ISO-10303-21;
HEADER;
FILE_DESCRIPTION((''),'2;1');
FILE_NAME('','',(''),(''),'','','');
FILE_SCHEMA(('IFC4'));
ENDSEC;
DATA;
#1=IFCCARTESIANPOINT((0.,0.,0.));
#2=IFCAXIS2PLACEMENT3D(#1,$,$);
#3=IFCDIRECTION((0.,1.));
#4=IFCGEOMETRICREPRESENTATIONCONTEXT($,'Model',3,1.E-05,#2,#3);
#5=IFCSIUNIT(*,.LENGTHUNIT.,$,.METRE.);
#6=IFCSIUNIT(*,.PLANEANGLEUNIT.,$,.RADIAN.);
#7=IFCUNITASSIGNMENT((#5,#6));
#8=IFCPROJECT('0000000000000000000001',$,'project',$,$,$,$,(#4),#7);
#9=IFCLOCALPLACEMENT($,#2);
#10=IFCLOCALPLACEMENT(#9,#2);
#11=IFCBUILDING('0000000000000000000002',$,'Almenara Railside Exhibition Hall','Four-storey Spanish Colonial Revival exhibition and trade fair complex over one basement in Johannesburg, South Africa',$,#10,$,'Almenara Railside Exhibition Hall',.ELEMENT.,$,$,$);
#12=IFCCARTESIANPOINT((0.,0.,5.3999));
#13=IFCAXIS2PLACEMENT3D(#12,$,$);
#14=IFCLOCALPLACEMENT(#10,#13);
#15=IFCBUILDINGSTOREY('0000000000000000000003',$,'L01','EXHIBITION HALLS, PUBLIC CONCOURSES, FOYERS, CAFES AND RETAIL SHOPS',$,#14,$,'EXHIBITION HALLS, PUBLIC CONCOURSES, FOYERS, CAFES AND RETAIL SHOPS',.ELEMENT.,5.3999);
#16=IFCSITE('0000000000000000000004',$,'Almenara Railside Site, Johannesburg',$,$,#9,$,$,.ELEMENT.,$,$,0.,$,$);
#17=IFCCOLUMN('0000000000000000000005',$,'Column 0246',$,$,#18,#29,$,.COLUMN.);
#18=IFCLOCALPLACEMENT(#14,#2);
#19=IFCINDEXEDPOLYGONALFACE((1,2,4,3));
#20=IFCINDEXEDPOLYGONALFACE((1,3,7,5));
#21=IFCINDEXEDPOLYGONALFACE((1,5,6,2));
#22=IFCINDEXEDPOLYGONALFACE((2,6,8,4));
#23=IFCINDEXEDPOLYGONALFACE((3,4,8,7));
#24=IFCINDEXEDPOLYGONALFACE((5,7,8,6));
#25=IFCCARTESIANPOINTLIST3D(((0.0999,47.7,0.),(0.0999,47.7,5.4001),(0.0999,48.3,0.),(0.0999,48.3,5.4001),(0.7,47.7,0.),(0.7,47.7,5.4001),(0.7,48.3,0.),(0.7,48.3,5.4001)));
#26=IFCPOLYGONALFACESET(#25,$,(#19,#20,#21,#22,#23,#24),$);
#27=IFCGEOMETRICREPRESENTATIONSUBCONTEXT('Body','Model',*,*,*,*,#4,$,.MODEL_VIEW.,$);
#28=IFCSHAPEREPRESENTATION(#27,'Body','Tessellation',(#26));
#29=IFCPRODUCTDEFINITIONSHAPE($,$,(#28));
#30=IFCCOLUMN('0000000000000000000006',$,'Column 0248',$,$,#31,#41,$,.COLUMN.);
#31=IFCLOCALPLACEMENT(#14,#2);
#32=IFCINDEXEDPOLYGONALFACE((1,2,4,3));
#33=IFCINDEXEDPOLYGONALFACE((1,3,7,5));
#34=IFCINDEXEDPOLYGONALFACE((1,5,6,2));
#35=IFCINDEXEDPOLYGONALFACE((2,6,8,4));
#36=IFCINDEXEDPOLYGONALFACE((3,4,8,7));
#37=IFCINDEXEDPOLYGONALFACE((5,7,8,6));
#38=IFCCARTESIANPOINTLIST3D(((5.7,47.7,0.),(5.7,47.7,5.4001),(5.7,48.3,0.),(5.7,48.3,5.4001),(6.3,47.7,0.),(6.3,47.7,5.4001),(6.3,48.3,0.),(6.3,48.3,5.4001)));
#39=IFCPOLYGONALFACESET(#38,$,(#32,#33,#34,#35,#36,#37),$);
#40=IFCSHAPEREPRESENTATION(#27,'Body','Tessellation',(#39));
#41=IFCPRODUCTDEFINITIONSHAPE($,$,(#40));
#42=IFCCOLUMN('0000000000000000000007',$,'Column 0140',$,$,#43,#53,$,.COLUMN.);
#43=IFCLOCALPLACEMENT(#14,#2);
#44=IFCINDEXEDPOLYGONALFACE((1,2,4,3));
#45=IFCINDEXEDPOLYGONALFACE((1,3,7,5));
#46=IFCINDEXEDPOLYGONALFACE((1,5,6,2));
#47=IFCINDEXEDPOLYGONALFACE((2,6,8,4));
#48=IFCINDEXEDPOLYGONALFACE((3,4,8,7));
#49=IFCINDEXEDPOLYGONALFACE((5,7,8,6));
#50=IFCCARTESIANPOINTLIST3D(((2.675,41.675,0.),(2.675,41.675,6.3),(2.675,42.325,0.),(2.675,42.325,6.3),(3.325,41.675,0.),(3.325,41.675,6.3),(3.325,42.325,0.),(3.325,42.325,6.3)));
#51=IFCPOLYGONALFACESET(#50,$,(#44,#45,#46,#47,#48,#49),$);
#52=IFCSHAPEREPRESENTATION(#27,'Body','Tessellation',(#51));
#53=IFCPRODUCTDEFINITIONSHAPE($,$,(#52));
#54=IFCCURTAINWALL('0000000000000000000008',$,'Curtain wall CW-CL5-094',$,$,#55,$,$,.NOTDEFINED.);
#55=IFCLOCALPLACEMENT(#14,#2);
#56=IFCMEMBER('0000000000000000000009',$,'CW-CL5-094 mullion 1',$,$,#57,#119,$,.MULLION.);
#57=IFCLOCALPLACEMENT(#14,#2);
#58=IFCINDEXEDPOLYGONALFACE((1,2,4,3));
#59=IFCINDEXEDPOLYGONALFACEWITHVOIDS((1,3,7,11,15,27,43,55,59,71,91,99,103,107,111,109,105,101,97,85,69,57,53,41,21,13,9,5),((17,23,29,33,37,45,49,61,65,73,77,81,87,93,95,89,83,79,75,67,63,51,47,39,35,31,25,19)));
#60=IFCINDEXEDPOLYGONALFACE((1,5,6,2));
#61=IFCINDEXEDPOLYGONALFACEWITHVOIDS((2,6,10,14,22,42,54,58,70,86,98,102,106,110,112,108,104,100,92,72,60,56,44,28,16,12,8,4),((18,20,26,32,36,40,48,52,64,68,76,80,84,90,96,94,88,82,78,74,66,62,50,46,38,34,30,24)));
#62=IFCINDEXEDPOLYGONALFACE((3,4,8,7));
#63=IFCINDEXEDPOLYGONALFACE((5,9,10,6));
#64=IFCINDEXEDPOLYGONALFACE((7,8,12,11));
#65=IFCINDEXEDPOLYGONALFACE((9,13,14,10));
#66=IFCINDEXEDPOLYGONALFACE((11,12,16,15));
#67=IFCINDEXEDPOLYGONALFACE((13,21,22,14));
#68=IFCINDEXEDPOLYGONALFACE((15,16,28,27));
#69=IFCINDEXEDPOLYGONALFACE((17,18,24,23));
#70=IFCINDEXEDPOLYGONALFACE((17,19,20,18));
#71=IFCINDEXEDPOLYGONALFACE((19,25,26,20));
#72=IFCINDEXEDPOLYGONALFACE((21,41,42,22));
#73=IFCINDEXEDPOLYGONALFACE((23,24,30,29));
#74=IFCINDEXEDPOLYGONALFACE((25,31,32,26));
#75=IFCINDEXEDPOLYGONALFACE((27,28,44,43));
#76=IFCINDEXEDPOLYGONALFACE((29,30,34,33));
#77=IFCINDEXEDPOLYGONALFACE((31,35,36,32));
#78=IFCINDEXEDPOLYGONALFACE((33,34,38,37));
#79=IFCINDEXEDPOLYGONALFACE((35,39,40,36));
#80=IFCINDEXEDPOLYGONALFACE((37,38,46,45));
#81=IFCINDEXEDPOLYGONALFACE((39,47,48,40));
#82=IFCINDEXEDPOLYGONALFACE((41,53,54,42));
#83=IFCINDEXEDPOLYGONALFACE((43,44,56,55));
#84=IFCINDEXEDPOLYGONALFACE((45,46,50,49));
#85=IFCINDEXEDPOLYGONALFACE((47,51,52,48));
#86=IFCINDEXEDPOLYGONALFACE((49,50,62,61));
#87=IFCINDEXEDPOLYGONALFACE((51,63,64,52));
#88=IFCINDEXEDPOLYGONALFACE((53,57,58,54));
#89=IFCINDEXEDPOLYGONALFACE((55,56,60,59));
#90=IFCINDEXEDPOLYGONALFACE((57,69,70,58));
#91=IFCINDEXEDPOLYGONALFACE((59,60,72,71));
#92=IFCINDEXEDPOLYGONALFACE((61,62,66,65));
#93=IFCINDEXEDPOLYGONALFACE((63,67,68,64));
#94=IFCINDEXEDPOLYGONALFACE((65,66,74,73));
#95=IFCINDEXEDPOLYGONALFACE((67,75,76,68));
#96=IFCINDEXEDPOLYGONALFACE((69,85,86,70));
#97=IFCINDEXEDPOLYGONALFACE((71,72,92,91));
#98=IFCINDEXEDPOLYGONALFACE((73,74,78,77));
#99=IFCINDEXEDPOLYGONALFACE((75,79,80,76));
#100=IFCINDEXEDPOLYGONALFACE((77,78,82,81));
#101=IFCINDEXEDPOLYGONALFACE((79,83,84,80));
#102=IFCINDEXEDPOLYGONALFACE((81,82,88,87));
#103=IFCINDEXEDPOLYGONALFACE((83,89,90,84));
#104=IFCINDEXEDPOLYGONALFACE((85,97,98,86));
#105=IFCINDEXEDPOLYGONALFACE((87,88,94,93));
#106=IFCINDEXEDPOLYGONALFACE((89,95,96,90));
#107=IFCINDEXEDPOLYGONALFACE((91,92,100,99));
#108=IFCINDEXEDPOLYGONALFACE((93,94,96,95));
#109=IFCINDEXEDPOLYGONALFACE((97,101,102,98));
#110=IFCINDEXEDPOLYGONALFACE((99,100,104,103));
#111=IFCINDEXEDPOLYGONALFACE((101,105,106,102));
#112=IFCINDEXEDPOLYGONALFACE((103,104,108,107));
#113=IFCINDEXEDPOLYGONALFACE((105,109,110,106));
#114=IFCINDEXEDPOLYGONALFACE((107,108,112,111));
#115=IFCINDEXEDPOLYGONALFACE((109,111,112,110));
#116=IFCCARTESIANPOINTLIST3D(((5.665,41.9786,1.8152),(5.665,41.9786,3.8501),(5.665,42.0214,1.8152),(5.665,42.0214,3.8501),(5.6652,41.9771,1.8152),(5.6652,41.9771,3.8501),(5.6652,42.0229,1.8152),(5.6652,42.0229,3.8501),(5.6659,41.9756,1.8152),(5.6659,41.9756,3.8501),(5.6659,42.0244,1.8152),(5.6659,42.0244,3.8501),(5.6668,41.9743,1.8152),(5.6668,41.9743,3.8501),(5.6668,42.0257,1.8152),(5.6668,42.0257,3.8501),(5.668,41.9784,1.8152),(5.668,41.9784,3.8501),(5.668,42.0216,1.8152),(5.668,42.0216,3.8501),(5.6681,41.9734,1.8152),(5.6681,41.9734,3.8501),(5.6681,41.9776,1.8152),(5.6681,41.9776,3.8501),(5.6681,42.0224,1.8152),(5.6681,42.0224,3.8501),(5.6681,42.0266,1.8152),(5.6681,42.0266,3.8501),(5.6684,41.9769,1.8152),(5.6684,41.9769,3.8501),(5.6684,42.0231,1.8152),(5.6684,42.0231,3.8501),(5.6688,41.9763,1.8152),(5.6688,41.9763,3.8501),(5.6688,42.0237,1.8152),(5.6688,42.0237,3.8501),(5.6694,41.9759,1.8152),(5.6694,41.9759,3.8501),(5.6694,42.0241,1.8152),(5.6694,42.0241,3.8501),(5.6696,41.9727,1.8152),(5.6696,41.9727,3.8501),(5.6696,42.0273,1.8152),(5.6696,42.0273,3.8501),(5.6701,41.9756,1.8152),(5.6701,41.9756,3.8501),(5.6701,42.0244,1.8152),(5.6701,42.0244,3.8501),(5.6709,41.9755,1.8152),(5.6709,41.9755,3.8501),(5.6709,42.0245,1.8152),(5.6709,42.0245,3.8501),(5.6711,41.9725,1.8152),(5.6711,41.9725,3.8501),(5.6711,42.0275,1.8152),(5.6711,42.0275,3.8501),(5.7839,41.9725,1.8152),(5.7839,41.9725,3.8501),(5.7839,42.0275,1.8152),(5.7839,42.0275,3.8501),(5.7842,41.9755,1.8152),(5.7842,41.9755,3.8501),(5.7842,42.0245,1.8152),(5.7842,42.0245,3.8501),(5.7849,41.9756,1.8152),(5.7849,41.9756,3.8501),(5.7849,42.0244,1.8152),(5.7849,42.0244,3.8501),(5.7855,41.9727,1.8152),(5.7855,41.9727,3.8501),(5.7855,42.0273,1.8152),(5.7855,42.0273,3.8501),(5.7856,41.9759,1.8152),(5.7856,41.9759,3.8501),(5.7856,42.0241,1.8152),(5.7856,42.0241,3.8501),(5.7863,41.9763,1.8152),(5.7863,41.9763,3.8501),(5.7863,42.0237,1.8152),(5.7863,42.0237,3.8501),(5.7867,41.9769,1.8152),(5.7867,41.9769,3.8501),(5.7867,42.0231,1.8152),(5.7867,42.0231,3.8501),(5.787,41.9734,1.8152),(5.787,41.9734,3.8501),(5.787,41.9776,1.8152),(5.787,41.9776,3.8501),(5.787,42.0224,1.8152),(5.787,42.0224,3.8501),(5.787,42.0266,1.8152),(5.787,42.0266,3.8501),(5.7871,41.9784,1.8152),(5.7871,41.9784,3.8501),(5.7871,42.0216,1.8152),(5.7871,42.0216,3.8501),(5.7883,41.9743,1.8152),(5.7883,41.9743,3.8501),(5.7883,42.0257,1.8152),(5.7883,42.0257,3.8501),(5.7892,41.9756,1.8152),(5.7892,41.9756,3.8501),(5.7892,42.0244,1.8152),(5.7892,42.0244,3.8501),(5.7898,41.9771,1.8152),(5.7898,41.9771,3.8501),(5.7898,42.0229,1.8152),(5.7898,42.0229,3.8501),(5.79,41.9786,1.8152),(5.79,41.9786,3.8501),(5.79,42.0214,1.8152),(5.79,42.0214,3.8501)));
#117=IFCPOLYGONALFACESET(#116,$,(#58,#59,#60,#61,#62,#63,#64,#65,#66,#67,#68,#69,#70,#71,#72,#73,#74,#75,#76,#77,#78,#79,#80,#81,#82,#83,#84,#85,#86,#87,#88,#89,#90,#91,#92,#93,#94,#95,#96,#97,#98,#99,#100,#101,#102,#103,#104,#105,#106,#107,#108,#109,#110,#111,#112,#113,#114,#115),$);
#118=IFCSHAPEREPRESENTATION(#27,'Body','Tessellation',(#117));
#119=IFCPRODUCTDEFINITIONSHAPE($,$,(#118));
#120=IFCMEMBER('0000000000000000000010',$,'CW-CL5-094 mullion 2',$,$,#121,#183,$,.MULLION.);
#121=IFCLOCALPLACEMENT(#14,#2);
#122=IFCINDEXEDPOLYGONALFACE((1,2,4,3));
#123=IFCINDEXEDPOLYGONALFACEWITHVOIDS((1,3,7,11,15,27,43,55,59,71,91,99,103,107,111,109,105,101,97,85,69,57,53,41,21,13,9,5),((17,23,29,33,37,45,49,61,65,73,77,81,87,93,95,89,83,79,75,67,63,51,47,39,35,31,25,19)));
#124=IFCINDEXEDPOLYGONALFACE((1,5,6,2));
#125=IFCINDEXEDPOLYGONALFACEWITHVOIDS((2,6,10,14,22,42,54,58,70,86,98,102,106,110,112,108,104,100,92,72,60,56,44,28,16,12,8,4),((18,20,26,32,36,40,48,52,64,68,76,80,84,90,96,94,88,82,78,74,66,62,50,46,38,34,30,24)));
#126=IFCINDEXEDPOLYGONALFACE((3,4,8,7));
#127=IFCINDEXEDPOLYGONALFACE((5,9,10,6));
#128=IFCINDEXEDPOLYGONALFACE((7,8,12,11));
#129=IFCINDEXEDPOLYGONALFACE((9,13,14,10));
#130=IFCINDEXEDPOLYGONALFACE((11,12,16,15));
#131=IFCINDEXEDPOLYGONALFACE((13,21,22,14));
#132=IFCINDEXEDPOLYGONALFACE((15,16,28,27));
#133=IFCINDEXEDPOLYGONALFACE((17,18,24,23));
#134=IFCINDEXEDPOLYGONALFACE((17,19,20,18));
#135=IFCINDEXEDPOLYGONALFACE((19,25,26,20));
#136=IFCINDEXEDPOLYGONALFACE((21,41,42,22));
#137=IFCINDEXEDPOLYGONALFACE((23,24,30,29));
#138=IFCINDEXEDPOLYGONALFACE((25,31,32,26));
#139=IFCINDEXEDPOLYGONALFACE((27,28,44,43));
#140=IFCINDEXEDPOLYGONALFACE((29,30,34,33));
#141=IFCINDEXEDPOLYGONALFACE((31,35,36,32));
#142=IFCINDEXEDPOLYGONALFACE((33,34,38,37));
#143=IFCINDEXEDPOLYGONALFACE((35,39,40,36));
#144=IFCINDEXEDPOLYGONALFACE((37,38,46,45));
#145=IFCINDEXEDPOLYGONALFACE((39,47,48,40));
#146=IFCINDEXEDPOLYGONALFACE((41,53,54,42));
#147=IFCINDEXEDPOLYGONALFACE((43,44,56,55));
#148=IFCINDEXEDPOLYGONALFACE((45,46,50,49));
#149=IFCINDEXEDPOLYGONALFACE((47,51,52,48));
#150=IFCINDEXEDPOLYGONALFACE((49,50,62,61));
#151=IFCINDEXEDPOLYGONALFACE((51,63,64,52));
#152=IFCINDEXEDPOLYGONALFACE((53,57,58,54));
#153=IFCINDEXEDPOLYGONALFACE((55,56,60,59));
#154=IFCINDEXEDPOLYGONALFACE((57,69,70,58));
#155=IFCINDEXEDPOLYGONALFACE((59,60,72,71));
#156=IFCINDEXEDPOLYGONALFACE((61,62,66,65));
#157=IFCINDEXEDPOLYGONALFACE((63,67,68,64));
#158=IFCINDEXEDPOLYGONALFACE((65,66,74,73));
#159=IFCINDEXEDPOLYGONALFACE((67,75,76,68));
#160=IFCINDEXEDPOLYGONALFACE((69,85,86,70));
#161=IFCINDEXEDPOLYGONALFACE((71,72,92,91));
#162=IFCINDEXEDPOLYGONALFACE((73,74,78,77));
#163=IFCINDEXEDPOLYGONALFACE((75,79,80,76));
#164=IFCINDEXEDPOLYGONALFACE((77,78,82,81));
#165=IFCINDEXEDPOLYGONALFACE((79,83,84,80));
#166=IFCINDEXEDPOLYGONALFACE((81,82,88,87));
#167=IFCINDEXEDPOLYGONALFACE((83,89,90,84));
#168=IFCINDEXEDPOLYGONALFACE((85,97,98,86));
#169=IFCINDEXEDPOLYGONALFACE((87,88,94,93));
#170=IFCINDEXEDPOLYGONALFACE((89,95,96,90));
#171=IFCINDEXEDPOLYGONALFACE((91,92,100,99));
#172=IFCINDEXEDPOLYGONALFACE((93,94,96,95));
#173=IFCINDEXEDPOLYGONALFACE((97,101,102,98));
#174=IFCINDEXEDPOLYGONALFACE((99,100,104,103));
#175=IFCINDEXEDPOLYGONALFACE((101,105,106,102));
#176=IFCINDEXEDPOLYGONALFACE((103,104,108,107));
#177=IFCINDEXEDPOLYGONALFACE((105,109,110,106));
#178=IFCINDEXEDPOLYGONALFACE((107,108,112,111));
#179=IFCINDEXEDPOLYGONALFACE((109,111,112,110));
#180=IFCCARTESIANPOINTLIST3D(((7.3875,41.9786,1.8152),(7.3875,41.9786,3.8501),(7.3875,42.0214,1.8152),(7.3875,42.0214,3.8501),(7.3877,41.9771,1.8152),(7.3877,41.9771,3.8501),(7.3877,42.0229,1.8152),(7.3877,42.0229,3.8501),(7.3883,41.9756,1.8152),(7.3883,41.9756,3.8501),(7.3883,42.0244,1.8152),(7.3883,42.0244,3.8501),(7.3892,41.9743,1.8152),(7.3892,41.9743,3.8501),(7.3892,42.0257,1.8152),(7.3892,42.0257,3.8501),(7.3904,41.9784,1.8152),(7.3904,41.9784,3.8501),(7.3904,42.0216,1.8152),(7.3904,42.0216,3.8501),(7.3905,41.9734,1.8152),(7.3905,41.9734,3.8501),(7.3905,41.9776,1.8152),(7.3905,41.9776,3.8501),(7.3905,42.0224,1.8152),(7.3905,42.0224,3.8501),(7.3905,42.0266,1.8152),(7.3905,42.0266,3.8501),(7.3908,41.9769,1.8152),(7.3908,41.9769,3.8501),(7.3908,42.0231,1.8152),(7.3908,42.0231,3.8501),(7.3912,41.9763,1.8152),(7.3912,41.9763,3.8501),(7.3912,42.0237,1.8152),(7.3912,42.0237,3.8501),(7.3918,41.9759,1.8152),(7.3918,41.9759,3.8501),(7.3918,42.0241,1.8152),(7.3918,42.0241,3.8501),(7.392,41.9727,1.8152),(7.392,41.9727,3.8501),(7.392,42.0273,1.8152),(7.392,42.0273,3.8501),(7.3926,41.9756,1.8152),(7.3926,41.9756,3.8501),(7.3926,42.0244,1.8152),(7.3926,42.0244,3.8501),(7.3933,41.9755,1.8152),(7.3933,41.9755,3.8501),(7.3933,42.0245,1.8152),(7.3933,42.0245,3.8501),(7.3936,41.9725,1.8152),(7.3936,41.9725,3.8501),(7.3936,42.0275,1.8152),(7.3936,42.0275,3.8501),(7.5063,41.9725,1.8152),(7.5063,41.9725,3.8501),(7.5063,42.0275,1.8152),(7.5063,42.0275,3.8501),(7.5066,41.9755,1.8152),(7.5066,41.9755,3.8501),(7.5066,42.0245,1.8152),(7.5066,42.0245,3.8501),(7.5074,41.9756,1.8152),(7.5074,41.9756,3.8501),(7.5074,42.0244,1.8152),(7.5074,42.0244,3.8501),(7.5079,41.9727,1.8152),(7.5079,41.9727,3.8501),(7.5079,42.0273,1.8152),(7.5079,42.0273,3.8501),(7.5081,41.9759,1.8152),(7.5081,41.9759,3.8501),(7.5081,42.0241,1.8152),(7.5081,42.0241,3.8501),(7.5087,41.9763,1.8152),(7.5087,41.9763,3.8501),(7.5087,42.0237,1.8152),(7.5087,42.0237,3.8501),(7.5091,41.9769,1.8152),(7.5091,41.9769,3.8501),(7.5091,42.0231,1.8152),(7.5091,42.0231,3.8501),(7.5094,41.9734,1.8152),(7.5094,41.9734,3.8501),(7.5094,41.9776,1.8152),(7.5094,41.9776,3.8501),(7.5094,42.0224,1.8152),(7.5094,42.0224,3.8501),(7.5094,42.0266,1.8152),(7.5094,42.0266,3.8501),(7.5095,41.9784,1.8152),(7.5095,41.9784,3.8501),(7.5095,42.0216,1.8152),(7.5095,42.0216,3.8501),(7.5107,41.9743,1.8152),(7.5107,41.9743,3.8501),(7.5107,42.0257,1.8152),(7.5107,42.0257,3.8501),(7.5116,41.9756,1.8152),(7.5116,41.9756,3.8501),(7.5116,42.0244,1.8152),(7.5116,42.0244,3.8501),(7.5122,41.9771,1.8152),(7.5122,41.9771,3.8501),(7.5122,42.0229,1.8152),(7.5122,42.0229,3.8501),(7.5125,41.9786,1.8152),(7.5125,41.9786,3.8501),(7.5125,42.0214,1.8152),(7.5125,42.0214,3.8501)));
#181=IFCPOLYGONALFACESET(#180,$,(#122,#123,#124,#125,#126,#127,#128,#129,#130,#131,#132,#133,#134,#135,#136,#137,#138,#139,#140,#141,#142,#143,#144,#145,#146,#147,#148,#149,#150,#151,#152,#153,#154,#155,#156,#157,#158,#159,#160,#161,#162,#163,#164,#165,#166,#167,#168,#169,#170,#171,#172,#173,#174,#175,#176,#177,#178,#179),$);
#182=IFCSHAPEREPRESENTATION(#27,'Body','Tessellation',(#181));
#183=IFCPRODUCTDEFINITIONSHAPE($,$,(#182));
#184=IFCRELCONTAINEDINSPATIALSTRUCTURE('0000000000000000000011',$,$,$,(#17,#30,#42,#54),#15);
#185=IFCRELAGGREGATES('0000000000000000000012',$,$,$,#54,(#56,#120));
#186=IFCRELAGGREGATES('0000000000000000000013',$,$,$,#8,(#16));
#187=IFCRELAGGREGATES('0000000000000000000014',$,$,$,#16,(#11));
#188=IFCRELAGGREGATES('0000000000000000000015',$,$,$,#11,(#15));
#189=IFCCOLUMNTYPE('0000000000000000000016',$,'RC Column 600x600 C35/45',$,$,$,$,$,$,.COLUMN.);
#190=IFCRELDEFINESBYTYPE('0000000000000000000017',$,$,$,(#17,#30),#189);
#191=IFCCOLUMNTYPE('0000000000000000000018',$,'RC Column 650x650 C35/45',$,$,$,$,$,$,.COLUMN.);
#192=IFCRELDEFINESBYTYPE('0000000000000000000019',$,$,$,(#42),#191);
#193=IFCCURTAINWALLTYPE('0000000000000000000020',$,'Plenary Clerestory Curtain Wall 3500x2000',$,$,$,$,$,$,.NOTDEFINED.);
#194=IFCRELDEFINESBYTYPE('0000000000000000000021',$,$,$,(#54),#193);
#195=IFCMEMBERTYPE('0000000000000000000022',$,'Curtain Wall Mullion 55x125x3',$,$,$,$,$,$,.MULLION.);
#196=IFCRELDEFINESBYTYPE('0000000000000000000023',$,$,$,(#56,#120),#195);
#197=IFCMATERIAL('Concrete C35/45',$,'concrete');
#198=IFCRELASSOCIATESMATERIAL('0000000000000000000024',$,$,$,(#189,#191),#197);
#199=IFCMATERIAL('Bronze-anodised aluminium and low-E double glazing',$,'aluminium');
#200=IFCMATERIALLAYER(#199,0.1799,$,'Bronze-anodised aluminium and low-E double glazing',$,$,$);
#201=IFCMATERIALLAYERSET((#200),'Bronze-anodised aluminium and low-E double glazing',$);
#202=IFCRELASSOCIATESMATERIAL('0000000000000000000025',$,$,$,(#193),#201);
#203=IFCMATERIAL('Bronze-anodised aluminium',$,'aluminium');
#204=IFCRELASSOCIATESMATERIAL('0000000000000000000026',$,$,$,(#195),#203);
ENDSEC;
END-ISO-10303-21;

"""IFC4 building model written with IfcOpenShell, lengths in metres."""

from ifc_helpers import new_model, si_unit, direction, frame, origin, origin_2d, place, context, subcontext, project, spatial, rectangle, hollow_rectangle, extrude, material, layer, layer_set, material_profile, profile_set, type_object, element, aggregate, save


model = new_model("IFC4")

# Units and contexts
model_context = context("Model", 3, precision=1e-05, world=origin(), true_north=direction((0.0, 1.0)))
body_context = subcontext(model_context, "Body", "Model", "MODEL_VIEW")
ifc_project = project(units=[si_unit("LENGTHUNIT", "METRE"), si_unit("PLANEANGLEUNIT", "RADIAN")], contexts=[model_context])

# Site, building, storey
site_placement = place(None, origin())
site = spatial("IfcSite", under=ifc_project, at=site_placement, Name="Almenara Railside Site, Johannesburg", CompositionType="ELEMENT", RefElevation=0.0)
building_placement = place(site_placement, origin())
building = spatial("IfcBuilding", under=site, at=building_placement, Name="Almenara Railside Exhibition Hall", Description="Four-storey Spanish Colonial Revival exhibition and trade fair complex over one basement in Johannesburg, South Africa", LongName="Almenara Railside Exhibition Hall", CompositionType="ELEMENT")
storey_placement = place(building_placement, frame((0.0, 0.0, 5.3999)))
storey = spatial("IfcBuildingStorey", under=building, at=storey_placement, Name="L01", Description="EXHIBITION HALLS, PUBLIC CONCOURSES, FOYERS, CAFES AND RETAIL SHOPS", LongName="EXHIBITION HALLS, PUBLIC CONCOURSES, FOYERS, CAFES AND RETAIL SHOPS", CompositionType="ELEMENT", Elevation=5.3999)

# Columns
ifc_material_1 = material(Name="Concrete C35/45", Category="concrete")
ifc_material_profile_1 = material_profile(ifc_material_1, rectangle(XDim=0.6001, YDim=0.6001, at=origin_2d()), Name="RC 600x600")
ifc_profile_set_1 = profile_set([ifc_material_profile_1], Name="Concrete C35/45")
column_type_1 = type_object("IfcColumnType", Name="RC Column 600x600 C35/45", PredefinedType="COLUMN", material=ifc_profile_set_1)
for number, where, z_axis, x_axis, name in (
    (1, (0.3999, 48.0, 0.0), (0.0, 0.0, 1.0), (1.0, 0.0, 0.0), "Column 0246"),
    (2, (6.0, 48.0, 0.0), (0.0, 0.0, 1.0), (1.0, 0.0, 0.0), "Column 0248"),
):
    element("IfcColumn", number, at=place(storey_placement, frame(where, z_axis=z_axis, x_axis=x_axis)), inside=storey, type_object=column_type_1, Name=name, PredefinedType="COLUMN", context=body_context, shape_type="SweptSolid", body=[
        extrude(rectangle(XDim=0.6001, YDim=0.6001, at=origin_2d()), origin(), (0.0, 0.0, 1.0), 5.4001),
    ])
ifc_material_profile_2 = material_profile(ifc_material_1, rectangle(XDim=0.6499, YDim=0.6499, at=origin_2d()), Name="RC 650x650")
ifc_profile_set_2 = profile_set([ifc_material_profile_2], Name="Concrete C35/45")
column_type_2 = type_object("IfcColumnType", Name="RC Column 650x650 C35/45", PredefinedType="COLUMN", material=ifc_profile_set_2)
column_placement = place(storey_placement, frame((3.0, 42.0, 0.0), z_axis=(0.0, 0.0, 1.0), x_axis=(1.0, 0.0, 0.0)))
element("IfcColumn", 3, at=column_placement, inside=storey, type_object=column_type_2, Name="Column 0140", PredefinedType="COLUMN", context=body_context, shape_type="SweptSolid", body=[
    extrude(rectangle(XDim=0.6499, YDim=0.6499, at=origin_2d()), origin(), (0.0, 0.0, 1.0), 6.3),
])

# Curtain wall, members
ifc_material_2 = material(Name="Bronze-anodised aluminium and low-E double glazing", Category="aluminium")
ifc_layer_1 = layer(ifc_material_2, 0.1799, Name="Bronze-anodised aluminium and low-E double glazing")
ifc_layer_set_1 = layer_set([ifc_layer_1], Name="Bronze-anodised aluminium and low-E double glazing")
curtain_wall_type_1 = type_object("IfcCurtainWallType", Name="Plenary Clerestory Curtain Wall 3500x2000", PredefinedType="NOTDEFINED", material=ifc_layer_set_1)
curtain_wall_1_placement = place(storey_placement, origin())
curtain_wall_1 = element("IfcCurtainWall", 4, at=curtain_wall_1_placement, inside=storey, type_object=curtain_wall_type_1, Name="Curtain wall CW-CL5-094", PredefinedType="NOTDEFINED")
ifc_material_3 = material(Name="Bronze-anodised aluminium", Category="aluminium")
ifc_material_profile_3 = material_profile(ifc_material_3, hollow_rectangle(XDim=0.0549, YDim=0.125, WallThickness=0.0029, InnerFilletRadius=0.0029, OuterFilletRadius=0.0061, at=origin_2d()), Name="ALU-MUL 55x125x3")
ifc_profile_set_3 = profile_set([ifc_material_profile_3], Name="Bronze-anodised aluminium")
member_type_1 = type_object("IfcMemberType", Name="Curtain Wall Mullion 55x125x3", PredefinedType="MULLION", material=ifc_profile_set_3)
member_1_placement = place(storey_placement, frame((5.7275, 42.0, 1.8152), z_axis=(0.0, 0.0, 1.0), x_axis=(0.0, 1.0, 0.0)))
member_1 = element("IfcMember", 5, at=member_1_placement, type_object=member_type_1, Name="CW-CL5-094 mullion 1", PredefinedType="MULLION", context=body_context, shape_type="SweptSolid", body=[
    extrude(hollow_rectangle(XDim=0.0549, YDim=0.125, WallThickness=0.0029, InnerFilletRadius=0.0029, OuterFilletRadius=0.0061, at=origin_2d()), origin(), (0.0, 0.0, 1.0), 2.0349),
])
member_2_placement = place(storey_placement, frame((7.45, 42.0, 1.8152), z_axis=(0.0, 0.0, 1.0), x_axis=(0.0, 1.0, 0.0)))
member_2 = element("IfcMember", 6, at=member_2_placement, type_object=member_type_1, Name="CW-CL5-094 mullion 2", PredefinedType="MULLION", context=body_context, shape_type="SweptSolid", body=[
    extrude(hollow_rectangle(XDim=0.0549, YDim=0.125, WallThickness=0.0029, InnerFilletRadius=0.0029, OuterFilletRadius=0.0061, at=origin_2d()), origin(), (0.0, 0.0, 1.0), 2.0349),
])

aggregate(curtain_wall_1, [member_1, member_2])

save(model, "model.ifc")
